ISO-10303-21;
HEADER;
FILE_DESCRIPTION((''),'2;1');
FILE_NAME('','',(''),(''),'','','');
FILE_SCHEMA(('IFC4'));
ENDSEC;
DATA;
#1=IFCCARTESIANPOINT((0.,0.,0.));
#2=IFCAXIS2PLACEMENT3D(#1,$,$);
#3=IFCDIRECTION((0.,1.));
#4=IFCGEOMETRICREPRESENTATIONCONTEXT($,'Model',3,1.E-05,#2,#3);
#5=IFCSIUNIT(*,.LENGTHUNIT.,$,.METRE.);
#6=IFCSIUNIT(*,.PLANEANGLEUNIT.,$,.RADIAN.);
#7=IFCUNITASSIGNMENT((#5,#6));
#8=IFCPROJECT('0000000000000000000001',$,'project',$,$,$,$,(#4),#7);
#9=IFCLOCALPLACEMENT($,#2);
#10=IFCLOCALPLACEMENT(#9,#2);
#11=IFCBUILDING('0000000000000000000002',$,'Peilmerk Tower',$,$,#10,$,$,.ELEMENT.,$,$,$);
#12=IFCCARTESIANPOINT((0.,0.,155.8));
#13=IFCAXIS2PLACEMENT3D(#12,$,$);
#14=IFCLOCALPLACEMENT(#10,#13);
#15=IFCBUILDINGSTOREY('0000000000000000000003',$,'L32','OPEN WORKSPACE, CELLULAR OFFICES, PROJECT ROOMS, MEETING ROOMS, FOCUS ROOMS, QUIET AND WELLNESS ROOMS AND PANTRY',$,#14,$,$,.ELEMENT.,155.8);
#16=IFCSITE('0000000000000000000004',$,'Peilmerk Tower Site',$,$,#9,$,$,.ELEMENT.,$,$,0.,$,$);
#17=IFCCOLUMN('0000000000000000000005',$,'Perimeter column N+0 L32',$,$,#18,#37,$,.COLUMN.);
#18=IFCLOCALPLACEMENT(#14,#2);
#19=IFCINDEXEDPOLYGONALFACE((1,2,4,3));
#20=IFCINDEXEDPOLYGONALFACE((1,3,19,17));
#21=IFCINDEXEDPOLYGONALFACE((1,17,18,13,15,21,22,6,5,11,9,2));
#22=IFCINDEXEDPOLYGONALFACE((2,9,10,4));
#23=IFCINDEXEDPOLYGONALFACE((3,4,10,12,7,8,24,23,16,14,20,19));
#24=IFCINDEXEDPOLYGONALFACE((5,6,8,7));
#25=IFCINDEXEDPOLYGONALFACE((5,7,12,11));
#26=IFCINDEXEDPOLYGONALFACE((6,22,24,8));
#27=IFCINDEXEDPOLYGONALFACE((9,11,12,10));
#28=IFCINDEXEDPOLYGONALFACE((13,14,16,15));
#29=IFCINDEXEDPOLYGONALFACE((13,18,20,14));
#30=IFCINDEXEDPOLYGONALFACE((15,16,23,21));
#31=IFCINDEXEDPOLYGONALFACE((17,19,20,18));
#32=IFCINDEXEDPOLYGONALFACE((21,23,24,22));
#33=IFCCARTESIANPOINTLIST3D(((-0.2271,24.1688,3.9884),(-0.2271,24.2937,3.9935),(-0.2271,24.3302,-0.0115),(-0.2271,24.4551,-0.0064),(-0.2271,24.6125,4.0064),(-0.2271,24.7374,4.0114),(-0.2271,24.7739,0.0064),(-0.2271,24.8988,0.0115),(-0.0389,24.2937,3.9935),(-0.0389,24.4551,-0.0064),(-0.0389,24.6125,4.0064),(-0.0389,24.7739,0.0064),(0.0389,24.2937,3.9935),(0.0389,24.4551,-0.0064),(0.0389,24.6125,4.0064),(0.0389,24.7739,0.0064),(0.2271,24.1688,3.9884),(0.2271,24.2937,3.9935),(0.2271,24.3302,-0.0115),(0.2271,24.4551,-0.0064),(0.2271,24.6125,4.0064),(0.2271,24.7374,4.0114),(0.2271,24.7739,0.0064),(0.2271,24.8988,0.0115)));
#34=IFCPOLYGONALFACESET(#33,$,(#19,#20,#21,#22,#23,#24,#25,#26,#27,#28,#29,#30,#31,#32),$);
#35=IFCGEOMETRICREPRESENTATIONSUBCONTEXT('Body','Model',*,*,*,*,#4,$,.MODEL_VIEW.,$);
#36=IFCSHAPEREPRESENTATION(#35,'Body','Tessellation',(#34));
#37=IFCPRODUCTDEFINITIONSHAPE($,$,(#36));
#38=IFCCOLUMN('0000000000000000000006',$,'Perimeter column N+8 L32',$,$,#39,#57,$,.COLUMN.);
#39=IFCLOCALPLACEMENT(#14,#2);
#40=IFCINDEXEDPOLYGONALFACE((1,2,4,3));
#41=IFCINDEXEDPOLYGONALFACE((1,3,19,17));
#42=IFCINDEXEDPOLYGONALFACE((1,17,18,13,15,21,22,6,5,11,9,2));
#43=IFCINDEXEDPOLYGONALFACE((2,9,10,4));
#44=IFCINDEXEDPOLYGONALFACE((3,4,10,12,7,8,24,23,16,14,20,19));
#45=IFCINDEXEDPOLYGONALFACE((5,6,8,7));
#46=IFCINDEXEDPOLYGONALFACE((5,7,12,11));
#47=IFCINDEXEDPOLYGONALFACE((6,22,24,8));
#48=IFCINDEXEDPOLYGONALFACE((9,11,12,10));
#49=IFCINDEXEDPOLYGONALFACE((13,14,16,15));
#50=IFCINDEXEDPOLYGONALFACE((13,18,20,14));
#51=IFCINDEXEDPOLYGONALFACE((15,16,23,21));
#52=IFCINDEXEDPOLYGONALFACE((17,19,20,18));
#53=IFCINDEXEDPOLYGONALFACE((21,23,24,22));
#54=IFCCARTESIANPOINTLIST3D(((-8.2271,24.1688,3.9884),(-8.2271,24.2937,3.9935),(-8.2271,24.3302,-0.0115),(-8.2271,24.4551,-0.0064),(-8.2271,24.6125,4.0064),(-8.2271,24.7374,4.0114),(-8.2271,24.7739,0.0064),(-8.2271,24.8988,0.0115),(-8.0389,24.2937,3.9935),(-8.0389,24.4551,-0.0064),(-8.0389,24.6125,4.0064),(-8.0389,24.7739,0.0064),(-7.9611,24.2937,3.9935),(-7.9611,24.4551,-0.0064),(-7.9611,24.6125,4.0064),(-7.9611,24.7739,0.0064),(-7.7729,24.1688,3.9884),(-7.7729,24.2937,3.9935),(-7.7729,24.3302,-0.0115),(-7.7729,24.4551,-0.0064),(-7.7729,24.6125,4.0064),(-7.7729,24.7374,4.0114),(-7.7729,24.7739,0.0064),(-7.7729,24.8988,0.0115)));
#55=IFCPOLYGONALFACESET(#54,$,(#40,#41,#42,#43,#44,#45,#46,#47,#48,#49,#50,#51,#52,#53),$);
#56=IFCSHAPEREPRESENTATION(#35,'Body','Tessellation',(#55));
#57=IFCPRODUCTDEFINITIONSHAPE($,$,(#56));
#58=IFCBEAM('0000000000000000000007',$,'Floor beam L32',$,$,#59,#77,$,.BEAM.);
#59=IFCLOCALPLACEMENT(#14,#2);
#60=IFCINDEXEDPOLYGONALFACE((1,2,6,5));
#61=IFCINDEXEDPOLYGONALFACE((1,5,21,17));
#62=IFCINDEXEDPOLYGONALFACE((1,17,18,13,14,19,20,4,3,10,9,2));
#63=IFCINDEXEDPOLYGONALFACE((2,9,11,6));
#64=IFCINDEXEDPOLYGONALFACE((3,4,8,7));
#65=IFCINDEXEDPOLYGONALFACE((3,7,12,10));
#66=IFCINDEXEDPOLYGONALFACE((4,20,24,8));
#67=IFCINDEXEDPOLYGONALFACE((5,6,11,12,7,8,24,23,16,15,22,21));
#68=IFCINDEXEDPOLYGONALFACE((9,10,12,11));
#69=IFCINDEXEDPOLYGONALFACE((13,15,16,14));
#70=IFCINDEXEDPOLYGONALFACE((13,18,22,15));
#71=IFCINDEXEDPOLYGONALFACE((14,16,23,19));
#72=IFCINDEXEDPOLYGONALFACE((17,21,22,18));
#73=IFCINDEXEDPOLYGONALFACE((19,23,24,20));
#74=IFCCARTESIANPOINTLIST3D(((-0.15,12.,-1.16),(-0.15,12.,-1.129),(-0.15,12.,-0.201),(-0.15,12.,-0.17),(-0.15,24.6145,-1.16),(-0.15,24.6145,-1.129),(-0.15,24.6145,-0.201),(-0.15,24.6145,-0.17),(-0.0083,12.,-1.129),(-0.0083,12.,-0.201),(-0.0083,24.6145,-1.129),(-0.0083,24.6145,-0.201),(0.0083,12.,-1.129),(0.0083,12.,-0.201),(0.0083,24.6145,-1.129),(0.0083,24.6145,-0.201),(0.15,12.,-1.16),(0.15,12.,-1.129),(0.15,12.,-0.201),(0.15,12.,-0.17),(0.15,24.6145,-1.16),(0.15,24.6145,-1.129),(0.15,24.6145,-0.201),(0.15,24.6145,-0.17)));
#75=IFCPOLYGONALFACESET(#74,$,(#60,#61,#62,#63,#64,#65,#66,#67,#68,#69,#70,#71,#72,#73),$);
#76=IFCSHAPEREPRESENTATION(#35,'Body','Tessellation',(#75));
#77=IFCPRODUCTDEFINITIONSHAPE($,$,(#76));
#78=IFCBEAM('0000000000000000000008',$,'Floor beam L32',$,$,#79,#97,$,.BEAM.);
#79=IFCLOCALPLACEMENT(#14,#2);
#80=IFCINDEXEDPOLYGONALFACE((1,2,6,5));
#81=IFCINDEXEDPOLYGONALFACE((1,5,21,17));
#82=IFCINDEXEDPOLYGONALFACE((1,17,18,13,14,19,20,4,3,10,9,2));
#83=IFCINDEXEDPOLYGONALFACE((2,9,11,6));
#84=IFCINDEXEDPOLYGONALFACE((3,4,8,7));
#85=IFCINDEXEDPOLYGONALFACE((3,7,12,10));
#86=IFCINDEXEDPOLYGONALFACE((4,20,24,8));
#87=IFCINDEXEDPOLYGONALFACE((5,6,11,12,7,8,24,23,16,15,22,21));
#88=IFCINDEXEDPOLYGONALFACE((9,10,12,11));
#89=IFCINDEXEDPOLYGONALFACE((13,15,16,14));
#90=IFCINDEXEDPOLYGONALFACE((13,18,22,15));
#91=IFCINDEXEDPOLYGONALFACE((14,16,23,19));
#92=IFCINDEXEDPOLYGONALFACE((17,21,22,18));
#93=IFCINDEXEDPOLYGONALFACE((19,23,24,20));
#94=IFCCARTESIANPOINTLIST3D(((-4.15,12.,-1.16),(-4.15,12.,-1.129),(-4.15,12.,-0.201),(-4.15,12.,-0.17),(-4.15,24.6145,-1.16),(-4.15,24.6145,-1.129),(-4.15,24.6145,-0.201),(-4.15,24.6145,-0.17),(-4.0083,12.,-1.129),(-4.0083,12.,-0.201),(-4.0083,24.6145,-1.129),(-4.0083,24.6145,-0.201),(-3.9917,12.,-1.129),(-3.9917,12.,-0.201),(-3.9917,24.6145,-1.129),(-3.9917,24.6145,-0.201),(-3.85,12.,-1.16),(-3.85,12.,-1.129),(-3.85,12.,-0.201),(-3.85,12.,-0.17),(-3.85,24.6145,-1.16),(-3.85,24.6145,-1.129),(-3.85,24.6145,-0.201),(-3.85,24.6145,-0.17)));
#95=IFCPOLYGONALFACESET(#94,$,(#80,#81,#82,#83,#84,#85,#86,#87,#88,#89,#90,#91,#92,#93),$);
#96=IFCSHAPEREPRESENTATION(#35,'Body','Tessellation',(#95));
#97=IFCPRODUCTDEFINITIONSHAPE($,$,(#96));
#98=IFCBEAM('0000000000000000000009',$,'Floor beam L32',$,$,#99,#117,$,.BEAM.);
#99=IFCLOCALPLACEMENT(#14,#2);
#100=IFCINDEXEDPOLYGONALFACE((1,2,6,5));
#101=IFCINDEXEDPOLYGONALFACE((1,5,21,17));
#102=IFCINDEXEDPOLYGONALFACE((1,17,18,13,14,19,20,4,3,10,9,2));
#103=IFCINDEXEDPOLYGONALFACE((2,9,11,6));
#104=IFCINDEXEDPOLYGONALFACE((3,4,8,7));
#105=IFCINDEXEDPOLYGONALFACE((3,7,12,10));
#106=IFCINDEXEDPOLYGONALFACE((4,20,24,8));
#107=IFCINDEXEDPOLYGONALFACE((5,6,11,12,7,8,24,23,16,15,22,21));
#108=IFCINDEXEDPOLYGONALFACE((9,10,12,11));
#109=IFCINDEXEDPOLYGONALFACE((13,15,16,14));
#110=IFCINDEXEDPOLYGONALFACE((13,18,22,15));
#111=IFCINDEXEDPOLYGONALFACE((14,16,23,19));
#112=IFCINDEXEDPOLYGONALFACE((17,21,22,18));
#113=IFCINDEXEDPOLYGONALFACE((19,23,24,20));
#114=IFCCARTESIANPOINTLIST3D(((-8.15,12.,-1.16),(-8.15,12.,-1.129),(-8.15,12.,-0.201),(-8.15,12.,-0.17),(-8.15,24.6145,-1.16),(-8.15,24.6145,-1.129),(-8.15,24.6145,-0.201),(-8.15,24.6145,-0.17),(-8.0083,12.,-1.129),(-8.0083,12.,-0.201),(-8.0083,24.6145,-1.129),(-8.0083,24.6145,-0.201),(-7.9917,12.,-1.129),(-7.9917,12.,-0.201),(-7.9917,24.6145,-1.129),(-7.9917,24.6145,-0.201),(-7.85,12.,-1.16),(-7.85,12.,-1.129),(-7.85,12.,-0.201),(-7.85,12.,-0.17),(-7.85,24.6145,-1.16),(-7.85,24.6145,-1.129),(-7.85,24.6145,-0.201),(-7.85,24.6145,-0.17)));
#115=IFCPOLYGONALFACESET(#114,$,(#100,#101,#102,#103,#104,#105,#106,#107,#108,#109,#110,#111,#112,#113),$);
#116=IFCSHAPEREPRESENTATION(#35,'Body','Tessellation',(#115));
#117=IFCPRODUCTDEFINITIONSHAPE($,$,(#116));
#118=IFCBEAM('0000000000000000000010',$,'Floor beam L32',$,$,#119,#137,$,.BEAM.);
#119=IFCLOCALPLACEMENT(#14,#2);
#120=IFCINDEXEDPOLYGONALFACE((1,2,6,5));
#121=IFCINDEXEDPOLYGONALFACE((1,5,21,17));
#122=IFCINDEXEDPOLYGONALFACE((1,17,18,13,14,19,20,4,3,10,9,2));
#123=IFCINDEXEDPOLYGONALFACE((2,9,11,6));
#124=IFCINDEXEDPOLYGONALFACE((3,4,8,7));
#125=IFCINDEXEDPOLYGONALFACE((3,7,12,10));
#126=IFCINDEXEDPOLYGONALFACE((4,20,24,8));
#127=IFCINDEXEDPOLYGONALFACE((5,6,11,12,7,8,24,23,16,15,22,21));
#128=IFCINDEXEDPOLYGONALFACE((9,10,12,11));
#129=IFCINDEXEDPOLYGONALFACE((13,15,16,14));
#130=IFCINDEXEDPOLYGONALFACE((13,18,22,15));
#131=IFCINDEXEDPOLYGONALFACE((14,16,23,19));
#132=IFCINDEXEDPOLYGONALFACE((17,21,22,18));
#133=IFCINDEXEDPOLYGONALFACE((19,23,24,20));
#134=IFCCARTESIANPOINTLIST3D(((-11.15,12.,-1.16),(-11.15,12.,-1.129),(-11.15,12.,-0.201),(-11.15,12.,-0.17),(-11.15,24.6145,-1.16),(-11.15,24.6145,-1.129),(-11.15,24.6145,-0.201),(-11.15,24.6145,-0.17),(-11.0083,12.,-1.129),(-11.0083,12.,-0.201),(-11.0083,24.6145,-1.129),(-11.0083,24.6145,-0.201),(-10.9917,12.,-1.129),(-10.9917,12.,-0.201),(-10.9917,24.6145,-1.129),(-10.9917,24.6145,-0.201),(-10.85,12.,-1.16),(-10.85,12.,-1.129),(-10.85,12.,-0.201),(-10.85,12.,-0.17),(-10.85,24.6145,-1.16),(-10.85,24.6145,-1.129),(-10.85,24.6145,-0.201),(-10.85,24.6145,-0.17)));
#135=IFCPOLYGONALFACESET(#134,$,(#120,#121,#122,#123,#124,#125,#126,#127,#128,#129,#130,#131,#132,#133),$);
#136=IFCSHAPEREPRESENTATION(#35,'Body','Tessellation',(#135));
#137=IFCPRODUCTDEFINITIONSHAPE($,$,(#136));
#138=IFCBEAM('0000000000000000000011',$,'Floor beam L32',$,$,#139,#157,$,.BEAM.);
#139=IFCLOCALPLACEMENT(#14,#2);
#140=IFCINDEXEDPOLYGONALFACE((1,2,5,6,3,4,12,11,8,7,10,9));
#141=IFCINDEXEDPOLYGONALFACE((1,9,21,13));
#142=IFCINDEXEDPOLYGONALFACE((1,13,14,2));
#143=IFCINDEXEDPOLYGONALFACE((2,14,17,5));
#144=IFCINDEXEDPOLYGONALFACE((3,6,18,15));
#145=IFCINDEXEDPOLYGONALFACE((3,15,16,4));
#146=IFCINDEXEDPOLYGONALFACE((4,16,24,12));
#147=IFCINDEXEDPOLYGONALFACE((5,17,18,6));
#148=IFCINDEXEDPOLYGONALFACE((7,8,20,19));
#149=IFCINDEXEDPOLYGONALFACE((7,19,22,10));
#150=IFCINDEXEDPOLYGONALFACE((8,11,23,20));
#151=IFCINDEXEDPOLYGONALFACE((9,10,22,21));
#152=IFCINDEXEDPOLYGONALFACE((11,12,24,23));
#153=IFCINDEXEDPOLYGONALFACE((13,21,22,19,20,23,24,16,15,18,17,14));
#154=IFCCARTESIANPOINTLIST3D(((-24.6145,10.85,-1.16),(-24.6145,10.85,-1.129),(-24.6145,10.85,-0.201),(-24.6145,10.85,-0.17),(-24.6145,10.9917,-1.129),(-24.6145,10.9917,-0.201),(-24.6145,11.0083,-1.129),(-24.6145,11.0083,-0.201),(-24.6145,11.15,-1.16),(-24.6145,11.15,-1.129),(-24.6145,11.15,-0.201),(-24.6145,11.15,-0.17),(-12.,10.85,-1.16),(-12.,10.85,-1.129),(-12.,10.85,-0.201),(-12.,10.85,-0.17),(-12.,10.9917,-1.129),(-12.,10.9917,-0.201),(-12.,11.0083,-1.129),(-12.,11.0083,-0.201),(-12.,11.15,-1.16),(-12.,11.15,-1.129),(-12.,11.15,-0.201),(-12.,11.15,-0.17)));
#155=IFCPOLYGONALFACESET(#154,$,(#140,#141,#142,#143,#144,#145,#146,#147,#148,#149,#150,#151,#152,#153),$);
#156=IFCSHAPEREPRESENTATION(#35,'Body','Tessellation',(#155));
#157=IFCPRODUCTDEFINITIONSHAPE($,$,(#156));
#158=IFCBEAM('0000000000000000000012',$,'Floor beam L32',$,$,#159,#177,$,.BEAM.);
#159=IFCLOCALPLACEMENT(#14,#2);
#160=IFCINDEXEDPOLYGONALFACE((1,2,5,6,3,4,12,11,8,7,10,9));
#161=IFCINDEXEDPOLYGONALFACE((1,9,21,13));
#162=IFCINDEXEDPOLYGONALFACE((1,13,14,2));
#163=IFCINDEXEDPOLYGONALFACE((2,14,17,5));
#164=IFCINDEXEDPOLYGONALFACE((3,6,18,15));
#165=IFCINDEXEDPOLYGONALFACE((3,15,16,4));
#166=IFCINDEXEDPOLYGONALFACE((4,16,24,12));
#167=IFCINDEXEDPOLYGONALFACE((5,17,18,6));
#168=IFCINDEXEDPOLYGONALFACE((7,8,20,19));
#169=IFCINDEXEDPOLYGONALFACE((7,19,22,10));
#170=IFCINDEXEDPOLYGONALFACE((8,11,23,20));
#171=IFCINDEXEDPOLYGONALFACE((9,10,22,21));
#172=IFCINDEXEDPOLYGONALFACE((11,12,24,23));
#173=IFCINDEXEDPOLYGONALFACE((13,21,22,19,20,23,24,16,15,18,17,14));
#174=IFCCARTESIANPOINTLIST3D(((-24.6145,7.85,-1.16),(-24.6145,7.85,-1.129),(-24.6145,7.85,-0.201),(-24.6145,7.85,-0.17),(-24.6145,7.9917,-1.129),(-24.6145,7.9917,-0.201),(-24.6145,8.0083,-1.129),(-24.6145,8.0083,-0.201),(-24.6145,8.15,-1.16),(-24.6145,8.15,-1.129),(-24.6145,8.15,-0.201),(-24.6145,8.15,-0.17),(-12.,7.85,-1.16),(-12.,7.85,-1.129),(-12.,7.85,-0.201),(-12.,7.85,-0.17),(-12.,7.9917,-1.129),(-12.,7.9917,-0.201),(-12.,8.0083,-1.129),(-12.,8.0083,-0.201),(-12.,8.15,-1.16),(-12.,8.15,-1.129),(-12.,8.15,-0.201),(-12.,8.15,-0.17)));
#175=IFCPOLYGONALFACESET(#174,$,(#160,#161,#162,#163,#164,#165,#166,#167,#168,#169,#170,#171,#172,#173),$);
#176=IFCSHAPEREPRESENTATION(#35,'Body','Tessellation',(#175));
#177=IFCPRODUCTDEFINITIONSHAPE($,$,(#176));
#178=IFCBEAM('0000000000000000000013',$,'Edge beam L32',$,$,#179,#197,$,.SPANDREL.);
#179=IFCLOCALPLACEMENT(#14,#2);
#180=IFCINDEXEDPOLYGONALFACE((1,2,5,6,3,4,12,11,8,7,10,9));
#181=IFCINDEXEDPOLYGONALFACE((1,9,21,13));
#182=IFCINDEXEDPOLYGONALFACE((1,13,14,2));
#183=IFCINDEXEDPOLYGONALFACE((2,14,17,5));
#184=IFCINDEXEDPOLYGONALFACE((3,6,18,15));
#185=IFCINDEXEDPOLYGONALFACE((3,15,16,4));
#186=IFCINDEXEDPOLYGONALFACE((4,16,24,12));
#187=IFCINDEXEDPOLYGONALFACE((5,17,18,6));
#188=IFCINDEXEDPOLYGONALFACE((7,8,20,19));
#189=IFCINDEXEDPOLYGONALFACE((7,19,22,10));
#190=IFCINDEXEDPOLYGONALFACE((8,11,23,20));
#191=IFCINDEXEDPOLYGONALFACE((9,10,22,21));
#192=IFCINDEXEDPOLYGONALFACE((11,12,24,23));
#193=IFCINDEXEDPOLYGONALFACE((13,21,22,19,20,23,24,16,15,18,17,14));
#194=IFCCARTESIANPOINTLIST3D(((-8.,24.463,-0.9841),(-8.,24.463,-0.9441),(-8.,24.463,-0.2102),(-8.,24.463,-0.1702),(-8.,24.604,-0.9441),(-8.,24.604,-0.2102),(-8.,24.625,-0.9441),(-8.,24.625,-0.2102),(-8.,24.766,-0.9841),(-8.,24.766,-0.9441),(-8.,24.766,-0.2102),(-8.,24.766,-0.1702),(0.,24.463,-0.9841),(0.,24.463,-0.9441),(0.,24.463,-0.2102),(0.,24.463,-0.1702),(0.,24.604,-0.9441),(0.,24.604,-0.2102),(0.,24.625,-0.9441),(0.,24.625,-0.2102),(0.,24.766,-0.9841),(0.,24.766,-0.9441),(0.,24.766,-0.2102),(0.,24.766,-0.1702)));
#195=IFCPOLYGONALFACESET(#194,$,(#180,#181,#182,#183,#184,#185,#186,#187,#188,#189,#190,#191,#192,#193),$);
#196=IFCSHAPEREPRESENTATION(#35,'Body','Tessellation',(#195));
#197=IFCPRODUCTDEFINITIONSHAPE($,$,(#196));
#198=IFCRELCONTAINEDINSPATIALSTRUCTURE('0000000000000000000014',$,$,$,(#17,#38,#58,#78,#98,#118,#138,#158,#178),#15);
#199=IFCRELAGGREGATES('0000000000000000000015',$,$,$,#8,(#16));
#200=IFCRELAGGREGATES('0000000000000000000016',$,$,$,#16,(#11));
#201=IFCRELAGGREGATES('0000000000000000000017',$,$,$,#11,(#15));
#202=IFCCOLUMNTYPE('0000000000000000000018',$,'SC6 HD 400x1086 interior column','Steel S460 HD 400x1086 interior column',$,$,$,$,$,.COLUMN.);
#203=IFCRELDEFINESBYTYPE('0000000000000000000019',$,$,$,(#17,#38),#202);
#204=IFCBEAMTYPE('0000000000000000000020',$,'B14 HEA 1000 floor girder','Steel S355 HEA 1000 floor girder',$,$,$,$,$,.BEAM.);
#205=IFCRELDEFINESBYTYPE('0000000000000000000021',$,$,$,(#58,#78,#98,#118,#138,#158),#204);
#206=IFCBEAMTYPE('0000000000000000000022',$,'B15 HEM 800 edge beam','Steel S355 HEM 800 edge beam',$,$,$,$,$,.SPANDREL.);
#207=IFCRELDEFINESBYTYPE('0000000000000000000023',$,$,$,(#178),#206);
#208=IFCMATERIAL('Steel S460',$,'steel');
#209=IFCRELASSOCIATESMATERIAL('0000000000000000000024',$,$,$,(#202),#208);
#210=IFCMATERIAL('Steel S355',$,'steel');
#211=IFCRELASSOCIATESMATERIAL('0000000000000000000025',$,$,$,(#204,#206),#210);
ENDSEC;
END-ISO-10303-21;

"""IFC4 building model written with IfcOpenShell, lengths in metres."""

from ifc_helpers import new_model, si_unit, direction, frame, origin, origin_2d, place, context, subcontext, project, spatial, i_section, extrude, material, material_profile, profile_set, type_object, element, save


model = new_model("IFC4")

# Units and contexts
model_context = context("Model", 3, precision=1e-05, world=origin(), true_north=direction((0.0, 1.0)))
body_context = subcontext(model_context, "Body", "Model", "MODEL_VIEW")
ifc_project = project(units=[si_unit("LENGTHUNIT", "METRE"), si_unit("PLANEANGLEUNIT", "RADIAN")], contexts=[model_context])

# Site, building, storey
site_placement = place(None, origin())
site = spatial("IfcSite", under=ifc_project, at=site_placement, Name="Peilmerk Tower Site", CompositionType="ELEMENT", RefElevation=0.0)
building_placement = place(site_placement, origin())
building = spatial("IfcBuilding", under=site, at=building_placement, Name="Peilmerk Tower", CompositionType="ELEMENT")
storey_placement = place(building_placement, frame((0.0, 0.0, 155.8)))
storey = spatial("IfcBuildingStorey", under=building, at=storey_placement, Name="L32", Description="OPEN WORKSPACE, CELLULAR OFFICES, PROJECT ROOMS, MEETING ROOMS, FOCUS ROOMS, QUIET AND WELLNESS ROOMS AND PANTRY", CompositionType="ELEMENT", Elevation=155.8)

# Columns
ifc_material_1 = material(Name="Steel S460", Category="steel")
ifc_material_profile_1 = material_profile(ifc_material_1, i_section(OverallWidth=0.4541, OverallDepth=0.5691, WebThickness=0.0779, FlangeThickness=0.125, at=origin_2d()), Name="HD 400x1086")
ifc_profile_set_1 = profile_set([ifc_material_profile_1], Name="Steel S460")
column_type = type_object("IfcColumnType", Name="SC6 HD 400x1086 interior column", Description="Steel S460 HD 400x1086 interior column", PredefinedType="COLUMN", material=ifc_profile_set_1)
for number, where, z_axis, x_axis, name in (
    (1, (0.0, 24.6145, 0.0), (0.0, -0.040311, 0.999187), (1.0, 0.0, 0.0), "Perimeter column N+0 L32"),
    (2, (-8.0, 24.6145, 0.0), (0.0, -0.040311, 0.999187), (1.0, 0.0, 0.0), "Perimeter column N+8 L32"),
):
    element("IfcColumn", number, at=place(storey_placement, frame(where, z_axis=z_axis, x_axis=x_axis)), inside=storey, type_object=column_type, Name=name, PredefinedType="COLUMN", context=body_context, shape_type="SweptSolid", body=[
        extrude(i_section(OverallWidth=0.4541, OverallDepth=0.5691, WebThickness=0.0779, FlangeThickness=0.125, at=origin_2d()), origin(), (0.0, 0.0, 1.0), 4.0032),
    ])

# Beams
ifc_material_2 = material(Name="Steel S355", Category="steel")
ifc_material_profile_2 = material_profile(ifc_material_2, i_section(OverallWidth=0.3, OverallDepth=0.99, WebThickness=0.0166, FlangeThickness=0.031, at=origin_2d()), Name="HEA 1000")
ifc_profile_set_2 = profile_set([ifc_material_profile_2], Name="Steel S355")
beam_type_1 = type_object("IfcBeamType", Name="B14 HEA 1000 floor girder", Description="Steel S355 HEA 1000 floor girder", PredefinedType="BEAM", material=ifc_profile_set_2)
for number, where, z_axis, x_axis, name in (
    (3, (0.0, 12.0, -0.665), (0.0, 1.0, 0.0), (-1.0, 0.0, 0.0), "Floor beam L32"),
    (4, (-4.0, 12.0, -0.665), (0.0, 1.0, 0.0), (-1.0, 0.0, 0.0), "Floor beam L32"),
    (5, (-8.0, 12.0, -0.665), (0.0, 1.0, 0.0), (-1.0, 0.0, 0.0), "Floor beam L32"),
    (6, (-11.0, 12.0, -0.665), (0.0, 1.0, 0.0), (-1.0, 0.0, 0.0), "Floor beam L32"),
    (7, (-12.0, 11.0, -0.665), (-1.0, 0.0, 0.0), (0.0, -1.0, 0.0), "Floor beam L32"),
    (8, (-12.0, 8.0, -0.665), (-1.0, 0.0, 0.0), (0.0, -1.0, 0.0), "Floor beam L32"),
):
    element("IfcBeam", number, at=place(storey_placement, frame(where, z_axis=z_axis, x_axis=x_axis)), inside=storey, type_object=beam_type_1, Name=name, PredefinedType="BEAM", context=body_context, shape_type="SweptSolid", body=[
        extrude(i_section(OverallWidth=0.3, OverallDepth=0.99, WebThickness=0.0166, FlangeThickness=0.031, at=origin_2d()), origin(), (0.0, 0.0, 1.0), 12.6145),
    ])
ifc_material_profile_3 = material_profile(ifc_material_2, i_section(OverallWidth=0.303, OverallDepth=0.814, WebThickness=0.021, FlangeThickness=0.04, at=origin_2d()), Name="HEM 800")
ifc_profile_set_3 = profile_set([ifc_material_profile_3], Name="Steel S355")
beam_type_2 = type_object("IfcBeamType", Name="B15 HEM 800 edge beam", Description="Steel S355 HEM 800 edge beam", PredefinedType="SPANDREL", material=ifc_profile_set_3)
for number, where, z_axis, x_axis, name in (
    (9, (0.0, 24.6145, -0.5771), (-1.0, 0.0, 0.0), (0.0, -1.0, 0.0), "Edge beam L32"),
):
    element("IfcBeam", number, at=place(storey_placement, frame(where, z_axis=z_axis, x_axis=x_axis)), inside=storey, type_object=beam_type_2, Name=name, PredefinedType="SPANDREL", context=body_context, shape_type="SweptSolid", body=[
        extrude(i_section(OverallWidth=0.303, OverallDepth=0.814, WebThickness=0.021, FlangeThickness=0.04, at=origin_2d()), origin(), (0.0, 0.0, 1.0), 8.0),
    ])

save(model, "model.ifc")
